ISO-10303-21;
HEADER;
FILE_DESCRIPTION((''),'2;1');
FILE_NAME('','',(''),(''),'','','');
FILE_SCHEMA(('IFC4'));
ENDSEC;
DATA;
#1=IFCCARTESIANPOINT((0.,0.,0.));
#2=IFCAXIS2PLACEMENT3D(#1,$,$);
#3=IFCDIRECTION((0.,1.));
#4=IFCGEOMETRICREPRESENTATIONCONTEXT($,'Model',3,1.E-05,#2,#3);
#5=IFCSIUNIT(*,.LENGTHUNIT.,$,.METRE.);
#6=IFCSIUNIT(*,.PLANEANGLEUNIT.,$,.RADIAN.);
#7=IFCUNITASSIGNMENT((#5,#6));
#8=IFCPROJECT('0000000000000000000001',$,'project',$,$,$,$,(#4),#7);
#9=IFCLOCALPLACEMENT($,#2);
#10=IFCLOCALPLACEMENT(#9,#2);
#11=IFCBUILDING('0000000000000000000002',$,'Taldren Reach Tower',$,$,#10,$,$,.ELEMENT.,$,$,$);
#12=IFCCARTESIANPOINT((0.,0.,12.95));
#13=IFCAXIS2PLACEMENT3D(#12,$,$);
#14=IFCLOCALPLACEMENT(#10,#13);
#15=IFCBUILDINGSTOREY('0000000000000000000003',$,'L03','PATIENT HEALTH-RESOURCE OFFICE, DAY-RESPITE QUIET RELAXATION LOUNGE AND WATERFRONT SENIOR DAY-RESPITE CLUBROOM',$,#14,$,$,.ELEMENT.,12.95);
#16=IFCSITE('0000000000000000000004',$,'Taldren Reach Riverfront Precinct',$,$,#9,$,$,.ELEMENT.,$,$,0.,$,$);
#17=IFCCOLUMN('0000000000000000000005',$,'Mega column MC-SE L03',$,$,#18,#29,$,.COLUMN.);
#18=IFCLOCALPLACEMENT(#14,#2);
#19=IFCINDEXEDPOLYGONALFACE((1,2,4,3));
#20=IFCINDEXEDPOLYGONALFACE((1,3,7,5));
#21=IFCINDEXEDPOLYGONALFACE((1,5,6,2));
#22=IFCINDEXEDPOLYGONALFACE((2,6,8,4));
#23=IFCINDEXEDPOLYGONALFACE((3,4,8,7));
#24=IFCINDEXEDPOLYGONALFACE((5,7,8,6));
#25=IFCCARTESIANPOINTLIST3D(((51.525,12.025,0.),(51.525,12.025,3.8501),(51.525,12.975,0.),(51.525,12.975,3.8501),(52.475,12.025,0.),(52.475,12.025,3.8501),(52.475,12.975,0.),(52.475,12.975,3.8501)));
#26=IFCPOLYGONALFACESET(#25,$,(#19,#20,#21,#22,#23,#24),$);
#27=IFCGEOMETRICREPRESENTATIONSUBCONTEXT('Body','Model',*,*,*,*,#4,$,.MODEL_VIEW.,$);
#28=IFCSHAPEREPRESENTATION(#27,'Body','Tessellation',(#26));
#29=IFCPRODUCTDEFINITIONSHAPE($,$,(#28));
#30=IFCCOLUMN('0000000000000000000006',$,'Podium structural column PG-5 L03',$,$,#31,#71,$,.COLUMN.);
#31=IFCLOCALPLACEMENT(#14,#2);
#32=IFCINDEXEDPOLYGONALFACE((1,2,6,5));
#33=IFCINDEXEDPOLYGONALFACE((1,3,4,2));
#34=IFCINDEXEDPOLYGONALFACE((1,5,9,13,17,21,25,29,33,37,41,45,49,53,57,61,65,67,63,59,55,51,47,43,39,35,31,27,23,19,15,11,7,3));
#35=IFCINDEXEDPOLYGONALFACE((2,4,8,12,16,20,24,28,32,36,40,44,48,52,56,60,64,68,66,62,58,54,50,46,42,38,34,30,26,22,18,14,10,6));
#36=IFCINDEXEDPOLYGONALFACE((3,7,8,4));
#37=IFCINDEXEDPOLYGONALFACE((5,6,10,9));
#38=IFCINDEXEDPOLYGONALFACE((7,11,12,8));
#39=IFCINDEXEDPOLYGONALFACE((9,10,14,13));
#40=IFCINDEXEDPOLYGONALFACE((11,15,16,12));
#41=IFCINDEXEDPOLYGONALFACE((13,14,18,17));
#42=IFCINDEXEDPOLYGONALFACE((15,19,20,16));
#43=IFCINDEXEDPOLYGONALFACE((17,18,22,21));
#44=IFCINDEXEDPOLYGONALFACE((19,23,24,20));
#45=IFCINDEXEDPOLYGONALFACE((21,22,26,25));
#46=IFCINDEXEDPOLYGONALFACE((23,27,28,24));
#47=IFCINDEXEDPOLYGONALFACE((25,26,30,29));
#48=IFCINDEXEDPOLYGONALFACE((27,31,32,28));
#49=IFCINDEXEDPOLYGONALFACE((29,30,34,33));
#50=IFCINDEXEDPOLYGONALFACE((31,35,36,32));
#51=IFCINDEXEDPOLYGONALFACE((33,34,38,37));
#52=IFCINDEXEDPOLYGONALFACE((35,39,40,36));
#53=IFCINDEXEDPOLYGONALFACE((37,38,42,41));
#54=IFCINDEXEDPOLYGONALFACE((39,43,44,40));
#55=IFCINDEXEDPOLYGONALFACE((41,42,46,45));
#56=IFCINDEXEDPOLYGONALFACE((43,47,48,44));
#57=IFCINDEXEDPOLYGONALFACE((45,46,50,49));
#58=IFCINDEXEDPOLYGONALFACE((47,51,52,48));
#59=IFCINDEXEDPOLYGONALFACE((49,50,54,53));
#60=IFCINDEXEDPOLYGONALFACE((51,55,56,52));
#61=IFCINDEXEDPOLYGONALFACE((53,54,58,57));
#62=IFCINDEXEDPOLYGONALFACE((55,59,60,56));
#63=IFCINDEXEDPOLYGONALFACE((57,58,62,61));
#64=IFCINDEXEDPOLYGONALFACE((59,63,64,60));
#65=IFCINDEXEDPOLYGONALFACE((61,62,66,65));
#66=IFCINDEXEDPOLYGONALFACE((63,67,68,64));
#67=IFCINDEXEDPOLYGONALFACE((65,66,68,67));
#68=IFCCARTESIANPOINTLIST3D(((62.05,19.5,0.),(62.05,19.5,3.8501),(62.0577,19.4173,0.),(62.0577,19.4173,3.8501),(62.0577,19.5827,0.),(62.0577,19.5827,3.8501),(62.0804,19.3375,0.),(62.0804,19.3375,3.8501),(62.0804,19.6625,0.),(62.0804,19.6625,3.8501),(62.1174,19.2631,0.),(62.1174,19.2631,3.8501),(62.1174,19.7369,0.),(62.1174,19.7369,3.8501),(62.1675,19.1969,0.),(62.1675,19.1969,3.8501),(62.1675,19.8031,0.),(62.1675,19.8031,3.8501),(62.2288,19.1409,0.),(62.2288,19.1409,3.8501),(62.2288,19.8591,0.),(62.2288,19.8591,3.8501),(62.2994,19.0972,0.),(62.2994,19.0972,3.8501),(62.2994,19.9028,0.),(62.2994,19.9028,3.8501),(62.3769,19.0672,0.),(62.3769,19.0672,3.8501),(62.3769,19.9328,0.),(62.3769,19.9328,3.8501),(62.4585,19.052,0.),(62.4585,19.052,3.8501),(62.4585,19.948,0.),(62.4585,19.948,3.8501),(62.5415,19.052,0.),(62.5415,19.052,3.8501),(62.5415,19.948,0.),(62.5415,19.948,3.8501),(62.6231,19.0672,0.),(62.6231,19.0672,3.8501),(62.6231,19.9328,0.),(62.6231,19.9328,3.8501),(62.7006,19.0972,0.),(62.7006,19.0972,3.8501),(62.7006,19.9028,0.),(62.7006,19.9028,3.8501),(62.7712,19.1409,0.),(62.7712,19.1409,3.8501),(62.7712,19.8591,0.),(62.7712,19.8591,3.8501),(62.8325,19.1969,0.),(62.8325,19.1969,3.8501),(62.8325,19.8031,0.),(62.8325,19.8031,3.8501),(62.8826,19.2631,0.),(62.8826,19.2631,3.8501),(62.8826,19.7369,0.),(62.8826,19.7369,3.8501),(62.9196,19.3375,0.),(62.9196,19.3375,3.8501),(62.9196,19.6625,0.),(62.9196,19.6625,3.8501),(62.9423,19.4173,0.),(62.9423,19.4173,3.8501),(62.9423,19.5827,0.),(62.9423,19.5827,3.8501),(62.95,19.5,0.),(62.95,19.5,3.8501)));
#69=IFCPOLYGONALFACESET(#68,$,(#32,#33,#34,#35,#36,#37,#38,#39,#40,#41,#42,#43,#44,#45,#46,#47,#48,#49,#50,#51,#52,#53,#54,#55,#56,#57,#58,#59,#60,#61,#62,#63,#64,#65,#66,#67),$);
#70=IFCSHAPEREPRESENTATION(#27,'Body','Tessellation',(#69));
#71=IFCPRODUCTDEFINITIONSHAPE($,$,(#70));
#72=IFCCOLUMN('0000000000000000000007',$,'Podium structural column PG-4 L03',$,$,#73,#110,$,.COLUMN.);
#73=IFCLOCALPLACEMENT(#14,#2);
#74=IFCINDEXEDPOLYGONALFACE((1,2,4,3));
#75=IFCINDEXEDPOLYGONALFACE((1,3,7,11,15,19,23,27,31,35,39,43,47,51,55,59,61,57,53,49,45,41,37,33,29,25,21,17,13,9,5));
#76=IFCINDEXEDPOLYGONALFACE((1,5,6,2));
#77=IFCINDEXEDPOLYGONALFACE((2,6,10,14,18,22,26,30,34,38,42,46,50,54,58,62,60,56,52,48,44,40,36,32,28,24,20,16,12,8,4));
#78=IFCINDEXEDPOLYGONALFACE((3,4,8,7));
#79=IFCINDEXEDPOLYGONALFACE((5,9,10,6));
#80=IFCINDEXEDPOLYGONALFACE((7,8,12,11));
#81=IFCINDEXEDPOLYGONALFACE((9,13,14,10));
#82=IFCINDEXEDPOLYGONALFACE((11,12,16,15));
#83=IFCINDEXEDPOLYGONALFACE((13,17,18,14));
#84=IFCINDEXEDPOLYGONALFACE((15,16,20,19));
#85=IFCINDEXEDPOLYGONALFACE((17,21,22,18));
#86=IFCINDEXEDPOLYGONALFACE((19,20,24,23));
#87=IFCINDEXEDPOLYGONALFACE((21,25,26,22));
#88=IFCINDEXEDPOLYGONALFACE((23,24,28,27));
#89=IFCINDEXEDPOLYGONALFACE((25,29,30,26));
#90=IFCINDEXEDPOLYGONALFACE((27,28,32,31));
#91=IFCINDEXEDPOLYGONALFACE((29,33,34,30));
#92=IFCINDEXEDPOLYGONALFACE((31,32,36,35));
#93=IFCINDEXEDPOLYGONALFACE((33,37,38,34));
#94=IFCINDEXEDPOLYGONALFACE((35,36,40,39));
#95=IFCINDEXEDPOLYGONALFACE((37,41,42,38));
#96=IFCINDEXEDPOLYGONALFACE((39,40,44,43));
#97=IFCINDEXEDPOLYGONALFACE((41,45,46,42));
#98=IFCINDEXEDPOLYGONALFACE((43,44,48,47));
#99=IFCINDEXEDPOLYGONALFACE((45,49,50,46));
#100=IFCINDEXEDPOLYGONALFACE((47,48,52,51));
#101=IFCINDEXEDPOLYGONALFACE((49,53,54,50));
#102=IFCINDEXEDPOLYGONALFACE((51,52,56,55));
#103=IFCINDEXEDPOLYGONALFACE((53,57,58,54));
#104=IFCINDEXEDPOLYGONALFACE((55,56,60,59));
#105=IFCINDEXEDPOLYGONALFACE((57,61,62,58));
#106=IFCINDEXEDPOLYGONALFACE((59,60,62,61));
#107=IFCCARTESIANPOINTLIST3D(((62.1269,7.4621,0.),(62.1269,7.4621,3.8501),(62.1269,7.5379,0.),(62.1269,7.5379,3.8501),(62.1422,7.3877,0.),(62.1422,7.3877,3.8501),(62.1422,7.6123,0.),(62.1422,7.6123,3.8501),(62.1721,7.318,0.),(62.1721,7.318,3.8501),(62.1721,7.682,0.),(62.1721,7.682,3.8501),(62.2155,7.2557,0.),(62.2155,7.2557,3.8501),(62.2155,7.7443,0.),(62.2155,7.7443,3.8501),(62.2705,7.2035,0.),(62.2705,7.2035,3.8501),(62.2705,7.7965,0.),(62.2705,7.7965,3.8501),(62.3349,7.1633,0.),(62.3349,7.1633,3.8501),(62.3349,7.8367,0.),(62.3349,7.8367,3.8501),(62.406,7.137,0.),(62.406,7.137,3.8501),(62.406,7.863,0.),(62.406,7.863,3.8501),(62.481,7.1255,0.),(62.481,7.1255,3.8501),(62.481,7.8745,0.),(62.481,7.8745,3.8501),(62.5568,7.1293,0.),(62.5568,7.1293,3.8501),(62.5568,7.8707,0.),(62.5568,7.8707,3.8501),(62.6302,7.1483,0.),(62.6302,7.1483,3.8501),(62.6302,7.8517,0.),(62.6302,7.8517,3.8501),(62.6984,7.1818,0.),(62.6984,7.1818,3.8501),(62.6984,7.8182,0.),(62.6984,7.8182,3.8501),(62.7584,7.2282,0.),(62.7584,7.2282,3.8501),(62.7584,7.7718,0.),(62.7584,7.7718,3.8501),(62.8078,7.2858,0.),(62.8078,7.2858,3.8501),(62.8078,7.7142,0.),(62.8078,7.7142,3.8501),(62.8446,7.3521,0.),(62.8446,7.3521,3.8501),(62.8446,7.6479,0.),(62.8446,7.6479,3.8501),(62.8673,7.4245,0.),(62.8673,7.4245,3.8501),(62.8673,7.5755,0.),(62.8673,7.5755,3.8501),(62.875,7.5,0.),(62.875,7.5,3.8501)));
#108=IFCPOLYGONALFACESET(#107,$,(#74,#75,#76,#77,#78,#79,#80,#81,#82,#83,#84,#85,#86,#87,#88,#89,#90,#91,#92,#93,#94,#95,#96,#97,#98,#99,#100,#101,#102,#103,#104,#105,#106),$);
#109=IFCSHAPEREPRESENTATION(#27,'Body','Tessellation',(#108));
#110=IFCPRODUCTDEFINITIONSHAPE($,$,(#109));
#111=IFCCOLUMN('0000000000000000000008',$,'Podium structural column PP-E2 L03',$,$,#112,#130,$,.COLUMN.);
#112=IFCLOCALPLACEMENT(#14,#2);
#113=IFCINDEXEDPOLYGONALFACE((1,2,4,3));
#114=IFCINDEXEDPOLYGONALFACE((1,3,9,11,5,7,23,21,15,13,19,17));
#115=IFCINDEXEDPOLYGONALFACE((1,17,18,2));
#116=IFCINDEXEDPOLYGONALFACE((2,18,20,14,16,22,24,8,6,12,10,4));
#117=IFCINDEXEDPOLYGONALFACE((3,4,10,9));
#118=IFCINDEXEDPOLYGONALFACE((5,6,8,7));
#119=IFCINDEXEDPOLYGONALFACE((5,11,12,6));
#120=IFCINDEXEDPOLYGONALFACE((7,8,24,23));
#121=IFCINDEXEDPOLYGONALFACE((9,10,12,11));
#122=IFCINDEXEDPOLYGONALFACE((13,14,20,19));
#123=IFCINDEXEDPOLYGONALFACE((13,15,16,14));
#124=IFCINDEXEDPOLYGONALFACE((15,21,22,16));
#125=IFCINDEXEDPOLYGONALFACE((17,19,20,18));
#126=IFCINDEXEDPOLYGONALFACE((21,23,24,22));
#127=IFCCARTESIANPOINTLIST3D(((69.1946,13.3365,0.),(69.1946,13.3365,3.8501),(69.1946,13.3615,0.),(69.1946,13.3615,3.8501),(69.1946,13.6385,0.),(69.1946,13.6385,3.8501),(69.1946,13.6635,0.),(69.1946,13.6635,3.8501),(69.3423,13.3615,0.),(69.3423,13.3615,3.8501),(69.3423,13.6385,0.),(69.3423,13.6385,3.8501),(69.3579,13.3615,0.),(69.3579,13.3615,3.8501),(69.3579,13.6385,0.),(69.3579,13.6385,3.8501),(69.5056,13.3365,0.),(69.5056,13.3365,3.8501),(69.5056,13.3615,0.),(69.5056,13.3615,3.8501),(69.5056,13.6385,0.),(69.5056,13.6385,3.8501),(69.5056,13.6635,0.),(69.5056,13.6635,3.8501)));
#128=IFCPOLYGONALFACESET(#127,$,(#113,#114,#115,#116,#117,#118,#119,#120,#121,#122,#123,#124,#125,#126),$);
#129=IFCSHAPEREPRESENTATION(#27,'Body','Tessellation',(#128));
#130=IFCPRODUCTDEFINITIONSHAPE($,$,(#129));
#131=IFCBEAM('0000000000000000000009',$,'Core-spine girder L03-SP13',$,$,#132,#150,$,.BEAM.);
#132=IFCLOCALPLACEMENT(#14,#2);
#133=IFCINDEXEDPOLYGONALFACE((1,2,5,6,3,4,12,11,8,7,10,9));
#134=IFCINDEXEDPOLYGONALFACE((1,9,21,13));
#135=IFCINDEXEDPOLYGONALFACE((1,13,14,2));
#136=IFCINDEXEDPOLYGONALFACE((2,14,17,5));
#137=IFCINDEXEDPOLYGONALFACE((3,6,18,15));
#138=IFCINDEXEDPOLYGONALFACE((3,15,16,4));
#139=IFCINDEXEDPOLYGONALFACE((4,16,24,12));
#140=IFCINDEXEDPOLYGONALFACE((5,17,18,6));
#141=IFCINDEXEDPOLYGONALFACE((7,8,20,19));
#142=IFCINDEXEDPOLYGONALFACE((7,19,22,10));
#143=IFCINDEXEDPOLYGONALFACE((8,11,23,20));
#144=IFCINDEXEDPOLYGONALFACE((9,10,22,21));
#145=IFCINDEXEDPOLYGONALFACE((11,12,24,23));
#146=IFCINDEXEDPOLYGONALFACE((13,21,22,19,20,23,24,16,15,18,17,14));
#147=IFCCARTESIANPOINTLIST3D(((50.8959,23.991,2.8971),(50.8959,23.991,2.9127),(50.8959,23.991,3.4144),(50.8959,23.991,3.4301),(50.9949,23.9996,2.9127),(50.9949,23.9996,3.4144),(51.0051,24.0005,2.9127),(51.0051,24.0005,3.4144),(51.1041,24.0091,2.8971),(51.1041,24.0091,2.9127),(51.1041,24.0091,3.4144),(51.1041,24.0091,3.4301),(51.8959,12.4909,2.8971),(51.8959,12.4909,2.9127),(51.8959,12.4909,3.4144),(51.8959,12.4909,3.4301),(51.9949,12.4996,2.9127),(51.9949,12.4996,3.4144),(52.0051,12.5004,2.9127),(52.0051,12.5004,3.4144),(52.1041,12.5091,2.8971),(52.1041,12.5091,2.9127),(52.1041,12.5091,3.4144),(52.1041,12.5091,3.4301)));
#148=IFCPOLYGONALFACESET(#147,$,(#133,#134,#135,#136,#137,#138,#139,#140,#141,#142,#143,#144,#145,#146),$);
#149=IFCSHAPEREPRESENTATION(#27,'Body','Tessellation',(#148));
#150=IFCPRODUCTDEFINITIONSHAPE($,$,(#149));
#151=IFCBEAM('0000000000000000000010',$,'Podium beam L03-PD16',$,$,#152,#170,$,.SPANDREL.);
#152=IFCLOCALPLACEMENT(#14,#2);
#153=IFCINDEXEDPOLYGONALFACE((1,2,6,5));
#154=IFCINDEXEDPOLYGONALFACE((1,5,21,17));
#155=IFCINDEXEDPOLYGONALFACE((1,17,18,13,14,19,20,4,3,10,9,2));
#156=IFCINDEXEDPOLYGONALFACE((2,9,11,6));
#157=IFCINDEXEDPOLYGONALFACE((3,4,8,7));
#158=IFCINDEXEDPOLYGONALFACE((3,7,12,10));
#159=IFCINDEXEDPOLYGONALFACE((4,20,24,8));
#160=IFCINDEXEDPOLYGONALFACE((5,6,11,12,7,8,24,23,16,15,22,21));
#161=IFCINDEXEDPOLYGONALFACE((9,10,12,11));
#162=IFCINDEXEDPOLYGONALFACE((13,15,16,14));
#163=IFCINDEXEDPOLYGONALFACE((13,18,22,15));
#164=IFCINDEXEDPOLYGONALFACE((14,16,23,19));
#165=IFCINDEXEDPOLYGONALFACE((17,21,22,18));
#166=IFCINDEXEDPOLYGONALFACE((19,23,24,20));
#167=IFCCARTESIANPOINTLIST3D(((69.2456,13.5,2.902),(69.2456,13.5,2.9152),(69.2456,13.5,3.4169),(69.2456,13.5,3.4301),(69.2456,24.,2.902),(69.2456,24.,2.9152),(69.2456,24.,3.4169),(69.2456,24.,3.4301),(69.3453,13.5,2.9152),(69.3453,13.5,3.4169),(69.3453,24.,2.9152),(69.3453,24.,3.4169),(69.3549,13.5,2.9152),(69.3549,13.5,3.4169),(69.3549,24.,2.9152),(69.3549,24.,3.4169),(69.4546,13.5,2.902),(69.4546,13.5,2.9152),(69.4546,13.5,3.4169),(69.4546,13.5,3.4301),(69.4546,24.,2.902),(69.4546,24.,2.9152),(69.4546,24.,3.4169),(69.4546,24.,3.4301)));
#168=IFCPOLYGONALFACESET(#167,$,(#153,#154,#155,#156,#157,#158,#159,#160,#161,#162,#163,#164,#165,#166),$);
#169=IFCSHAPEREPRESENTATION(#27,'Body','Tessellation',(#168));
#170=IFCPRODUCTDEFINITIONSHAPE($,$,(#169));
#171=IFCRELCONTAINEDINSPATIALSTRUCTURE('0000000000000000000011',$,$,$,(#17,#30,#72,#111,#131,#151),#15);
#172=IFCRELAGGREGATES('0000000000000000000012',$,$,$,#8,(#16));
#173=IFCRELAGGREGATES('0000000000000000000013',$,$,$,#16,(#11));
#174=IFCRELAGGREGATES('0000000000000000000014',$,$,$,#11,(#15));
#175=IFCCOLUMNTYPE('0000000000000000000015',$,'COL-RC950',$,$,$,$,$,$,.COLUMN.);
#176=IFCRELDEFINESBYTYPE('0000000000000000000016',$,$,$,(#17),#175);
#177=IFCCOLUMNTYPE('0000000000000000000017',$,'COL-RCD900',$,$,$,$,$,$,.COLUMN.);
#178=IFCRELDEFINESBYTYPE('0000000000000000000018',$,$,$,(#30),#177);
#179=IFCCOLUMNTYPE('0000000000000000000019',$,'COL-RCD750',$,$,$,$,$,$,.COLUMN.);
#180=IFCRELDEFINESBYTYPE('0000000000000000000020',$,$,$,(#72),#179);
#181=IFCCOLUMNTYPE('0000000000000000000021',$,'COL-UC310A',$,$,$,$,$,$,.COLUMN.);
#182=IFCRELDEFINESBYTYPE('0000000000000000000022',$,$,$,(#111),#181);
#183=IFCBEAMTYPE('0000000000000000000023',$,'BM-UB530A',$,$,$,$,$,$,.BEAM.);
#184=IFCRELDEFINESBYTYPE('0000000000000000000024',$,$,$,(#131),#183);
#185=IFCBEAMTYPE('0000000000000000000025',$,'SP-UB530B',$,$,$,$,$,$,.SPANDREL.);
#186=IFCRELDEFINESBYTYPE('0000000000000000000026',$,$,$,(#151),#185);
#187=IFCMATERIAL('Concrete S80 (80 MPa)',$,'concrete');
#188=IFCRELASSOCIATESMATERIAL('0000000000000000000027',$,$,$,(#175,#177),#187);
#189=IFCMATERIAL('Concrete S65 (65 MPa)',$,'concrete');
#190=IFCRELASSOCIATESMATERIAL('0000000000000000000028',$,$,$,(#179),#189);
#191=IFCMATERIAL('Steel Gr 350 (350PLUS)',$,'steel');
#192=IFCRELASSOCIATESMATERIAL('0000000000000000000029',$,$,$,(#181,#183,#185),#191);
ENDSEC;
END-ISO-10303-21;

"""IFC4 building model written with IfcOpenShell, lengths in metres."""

from ifc_helpers import new_model, si_unit, direction, frame, origin, origin_2d, place, context, subcontext, project, spatial, rectangle, circle, i_section, extrude, source, transform, mapped, material, material_profile, profile_set, type_object, element, save


model = new_model("IFC4")

# Units and contexts
model_context = context("Model", 3, precision=1e-05, world=origin(), true_north=direction((0.0, 1.0)))
body_context = subcontext(model_context, "Body", "Model", "MODEL_VIEW")
ifc_project = project(units=[si_unit("LENGTHUNIT", "METRE"), si_unit("PLANEANGLEUNIT", "RADIAN")], contexts=[model_context])

# Site, building, storey
site_placement = place(None, origin())
site = spatial("IfcSite", under=ifc_project, at=site_placement, Name="Taldren Reach Riverfront Precinct", CompositionType="ELEMENT", RefElevation=0.0)
building_placement = place(site_placement, origin())
building = spatial("IfcBuilding", under=site, at=building_placement, Name="Taldren Reach Tower", CompositionType="ELEMENT")
storey_placement = place(building_placement, frame((0.0, 0.0, 12.95)))
storey = spatial("IfcBuildingStorey", under=building, at=storey_placement, Name="L03", Description="PATIENT HEALTH-RESOURCE OFFICE, DAY-RESPITE QUIET RELAXATION LOUNGE AND WATERFRONT SENIOR DAY-RESPITE CLUBROOM", CompositionType="ELEMENT", Elevation=12.95)

# Columns
ifc_material_1 = material(Name="Concrete S80 (80 MPa)", Category="concrete")
ifc_material_profile_1 = material_profile(ifc_material_1, rectangle(XDim=0.95, YDim=0.95, at=origin_2d()), Name="RC-950x950")
ifc_profile_set_1 = profile_set([ifc_material_profile_1], Name="Concrete S80 (80 MPa)")
column_type_1 = type_object("IfcColumnType", Name="COL-RC950", PredefinedType="COLUMN", material=ifc_profile_set_1)
shared_shape_1 = source(origin(), body_context, "Body", "SweptSolid", [
    extrude(rectangle(XDim=0.95, YDim=0.95, at=origin_2d()), origin(), (0.0, 0.0, 1.0), 3.8501),
])
column_1_placement = place(storey_placement, frame((52.0, 12.5, 0.0), z_axis=(0.0, 0.0, 1.0), x_axis=(1.0, 0.0, 0.0)))
element("IfcColumn", 1, at=column_1_placement, inside=storey, type_object=column_type_1, Name="Mega column MC-SE L03", PredefinedType="COLUMN", context=body_context, shape_type="MappedRepresentation", body=[
    mapped(shared_shape_1, transform((0.0, 0.0, 0.0), scale=1.0)),
])
ifc_material_profile_2 = material_profile(ifc_material_1, circle(Radius=0.45, at=origin_2d()), Name="RC-900D")
ifc_profile_set_2 = profile_set([ifc_material_profile_2], Name="Concrete S80 (80 MPa)")
column_type_2 = type_object("IfcColumnType", Name="COL-RCD900", PredefinedType="COLUMN", material=ifc_profile_set_2)
shared_shape_2 = source(origin(), body_context, "Body", "SweptSolid", [
    extrude(circle(Radius=0.45, at=origin_2d()), origin(), (0.0, 0.0, 1.0), 3.8501),
])
column_2_placement = place(storey_placement, frame((62.5, 19.5, 0.0), z_axis=(0.0, 0.0, 1.0), x_axis=(1.0, 0.0, 0.0)))
element("IfcColumn", 2, at=column_2_placement, inside=storey, type_object=column_type_2, Name="Podium structural column PG-5 L03", PredefinedType="COLUMN", context=body_context, shape_type="MappedRepresentation", body=[
    mapped(shared_shape_2, transform((0.0, 0.0, 0.0), scale=1.0)),
])
ifc_material_2 = material(Name="Concrete S65 (65 MPa)", Category="concrete")
ifc_material_profile_3 = material_profile(ifc_material_2, circle(Radius=0.375, at=origin_2d()), Name="RC-750D")
ifc_profile_set_3 = profile_set([ifc_material_profile_3], Name="Concrete S65 (65 MPa)")
column_type_3 = type_object("IfcColumnType", Name="COL-RCD750", PredefinedType="COLUMN", material=ifc_profile_set_3)
shared_shape_3 = source(origin(), body_context, "Body", "SweptSolid", [
    extrude(circle(Radius=0.375, at=origin_2d()), origin(), (0.0, 0.0, 1.0), 3.8501),
])
column_3_placement = place(storey_placement, frame((62.5, 7.5, 0.0), z_axis=(0.0, 0.0, 1.0), x_axis=(1.0, 0.0, 0.0)))
element("IfcColumn", 3, at=column_3_placement, inside=storey, type_object=column_type_3, Name="Podium structural column PG-4 L03", PredefinedType="COLUMN", context=body_context, shape_type="MappedRepresentation", body=[
    mapped(shared_shape_3, transform((0.0, 0.0, 0.0), scale=1.0)),
])
ifc_material_3 = material(Name="Steel Gr 350 (350PLUS)", Category="steel")
ifc_material_profile_4 = material_profile(ifc_material_3, i_section(OverallWidth=0.311, OverallDepth=0.3269, WebThickness=0.0156, FlangeThickness=0.0249, at=origin_2d()), Name="310UC158")
ifc_profile_set_4 = profile_set([ifc_material_profile_4], Name="Steel Gr 350 (350PLUS)")
column_type_4 = type_object("IfcColumnType", Name="COL-UC310A", PredefinedType="COLUMN", material=ifc_profile_set_4)
shared_shape_4 = source(origin(), body_context, "Body", "SweptSolid", [
    extrude(i_section(OverallWidth=0.311, OverallDepth=0.3269, WebThickness=0.0156, FlangeThickness=0.0249, at=origin_2d()), origin(), (0.0, 0.0, 1.0), 3.8501),
])
column_4_placement = place(storey_placement, frame((69.3501, 13.5, 0.0), z_axis=(0.0, 0.0, 1.0), x_axis=(1.0, 0.0, 0.0)))
element("IfcColumn", 4, at=column_4_placement, inside=storey, type_object=column_type_4, Name="Podium structural column PP-E2 L03", PredefinedType="COLUMN", context=body_context, shape_type="MappedRepresentation", body=[
    mapped(shared_shape_4, transform((0.0, 0.0, 0.0), scale=1.0)),
])

# Beams
ifc_material_profile_5 = material_profile(ifc_material_3, i_section(OverallWidth=0.209, OverallDepth=0.533, WebThickness=0.0103, FlangeThickness=0.0156, at=origin_2d()), Name="530UB92.4")
ifc_profile_set_5 = profile_set([ifc_material_profile_5], Name="Steel Gr 350 (350PLUS)")
beam_type_1 = type_object("IfcBeamType", Name="BM-UB530A", PredefinedType="BEAM", material=ifc_profile_set_5)
shared_shape_5 = source(origin(), body_context, "Body", "SweptSolid", [
    extrude(i_section(OverallWidth=0.209, OverallDepth=0.533, WebThickness=0.0103, FlangeThickness=0.0156, at=origin_2d()), origin(), (0.0, 0.0, 1.0), 11.5435),
])
beam_1_placement = place(storey_placement, frame((52.0, 12.5, 3.1636), z_axis=(-0.08663, 0.996241, 0.0), x_axis=(-0.996241, -0.08663, 0.0)))
element("IfcBeam", 5, at=beam_1_placement, inside=storey, type_object=beam_type_1, Name="Core-spine girder L03-SP13", PredefinedType="BEAM", context=body_context, shape_type="MappedRepresentation", body=[
    mapped(shared_shape_5, transform((0.0, 0.0, 0.0), scale=1.0)),
])
ifc_material_profile_6 = material_profile(ifc_material_3, i_section(OverallWidth=0.209, OverallDepth=0.5281, WebThickness=0.0095, FlangeThickness=0.0132, at=origin_2d()), Name="530UB82.0")
ifc_profile_set_6 = profile_set([ifc_material_profile_6], Name="Steel Gr 350 (350PLUS)")
beam_type_2 = type_object("IfcBeamType", Name="SP-UB530B", PredefinedType="SPANDREL", material=ifc_profile_set_6)
shared_shape_6 = source(origin(), body_context, "Body", "SweptSolid", [
    extrude(i_section(OverallWidth=0.209, OverallDepth=0.5281, WebThickness=0.0095, FlangeThickness=0.0132, at=origin_2d()), origin(), (0.0, 0.0, 1.0), 10.5),
])
beam_2_placement = place(storey_placement, frame((69.3501, 13.5, 3.166), z_axis=(0.0, 1.0, 0.0), x_axis=(-1.0, 0.0, 0.0)))
element("IfcBeam", 6, at=beam_2_placement, inside=storey, type_object=beam_type_2, Name="Podium beam L03-PD16", PredefinedType="SPANDREL", context=body_context, shape_type="MappedRepresentation", body=[
    mapped(shared_shape_6, transform((0.0, 0.0, 0.0), scale=1.0)),
])

save(model, "model.ifc")
